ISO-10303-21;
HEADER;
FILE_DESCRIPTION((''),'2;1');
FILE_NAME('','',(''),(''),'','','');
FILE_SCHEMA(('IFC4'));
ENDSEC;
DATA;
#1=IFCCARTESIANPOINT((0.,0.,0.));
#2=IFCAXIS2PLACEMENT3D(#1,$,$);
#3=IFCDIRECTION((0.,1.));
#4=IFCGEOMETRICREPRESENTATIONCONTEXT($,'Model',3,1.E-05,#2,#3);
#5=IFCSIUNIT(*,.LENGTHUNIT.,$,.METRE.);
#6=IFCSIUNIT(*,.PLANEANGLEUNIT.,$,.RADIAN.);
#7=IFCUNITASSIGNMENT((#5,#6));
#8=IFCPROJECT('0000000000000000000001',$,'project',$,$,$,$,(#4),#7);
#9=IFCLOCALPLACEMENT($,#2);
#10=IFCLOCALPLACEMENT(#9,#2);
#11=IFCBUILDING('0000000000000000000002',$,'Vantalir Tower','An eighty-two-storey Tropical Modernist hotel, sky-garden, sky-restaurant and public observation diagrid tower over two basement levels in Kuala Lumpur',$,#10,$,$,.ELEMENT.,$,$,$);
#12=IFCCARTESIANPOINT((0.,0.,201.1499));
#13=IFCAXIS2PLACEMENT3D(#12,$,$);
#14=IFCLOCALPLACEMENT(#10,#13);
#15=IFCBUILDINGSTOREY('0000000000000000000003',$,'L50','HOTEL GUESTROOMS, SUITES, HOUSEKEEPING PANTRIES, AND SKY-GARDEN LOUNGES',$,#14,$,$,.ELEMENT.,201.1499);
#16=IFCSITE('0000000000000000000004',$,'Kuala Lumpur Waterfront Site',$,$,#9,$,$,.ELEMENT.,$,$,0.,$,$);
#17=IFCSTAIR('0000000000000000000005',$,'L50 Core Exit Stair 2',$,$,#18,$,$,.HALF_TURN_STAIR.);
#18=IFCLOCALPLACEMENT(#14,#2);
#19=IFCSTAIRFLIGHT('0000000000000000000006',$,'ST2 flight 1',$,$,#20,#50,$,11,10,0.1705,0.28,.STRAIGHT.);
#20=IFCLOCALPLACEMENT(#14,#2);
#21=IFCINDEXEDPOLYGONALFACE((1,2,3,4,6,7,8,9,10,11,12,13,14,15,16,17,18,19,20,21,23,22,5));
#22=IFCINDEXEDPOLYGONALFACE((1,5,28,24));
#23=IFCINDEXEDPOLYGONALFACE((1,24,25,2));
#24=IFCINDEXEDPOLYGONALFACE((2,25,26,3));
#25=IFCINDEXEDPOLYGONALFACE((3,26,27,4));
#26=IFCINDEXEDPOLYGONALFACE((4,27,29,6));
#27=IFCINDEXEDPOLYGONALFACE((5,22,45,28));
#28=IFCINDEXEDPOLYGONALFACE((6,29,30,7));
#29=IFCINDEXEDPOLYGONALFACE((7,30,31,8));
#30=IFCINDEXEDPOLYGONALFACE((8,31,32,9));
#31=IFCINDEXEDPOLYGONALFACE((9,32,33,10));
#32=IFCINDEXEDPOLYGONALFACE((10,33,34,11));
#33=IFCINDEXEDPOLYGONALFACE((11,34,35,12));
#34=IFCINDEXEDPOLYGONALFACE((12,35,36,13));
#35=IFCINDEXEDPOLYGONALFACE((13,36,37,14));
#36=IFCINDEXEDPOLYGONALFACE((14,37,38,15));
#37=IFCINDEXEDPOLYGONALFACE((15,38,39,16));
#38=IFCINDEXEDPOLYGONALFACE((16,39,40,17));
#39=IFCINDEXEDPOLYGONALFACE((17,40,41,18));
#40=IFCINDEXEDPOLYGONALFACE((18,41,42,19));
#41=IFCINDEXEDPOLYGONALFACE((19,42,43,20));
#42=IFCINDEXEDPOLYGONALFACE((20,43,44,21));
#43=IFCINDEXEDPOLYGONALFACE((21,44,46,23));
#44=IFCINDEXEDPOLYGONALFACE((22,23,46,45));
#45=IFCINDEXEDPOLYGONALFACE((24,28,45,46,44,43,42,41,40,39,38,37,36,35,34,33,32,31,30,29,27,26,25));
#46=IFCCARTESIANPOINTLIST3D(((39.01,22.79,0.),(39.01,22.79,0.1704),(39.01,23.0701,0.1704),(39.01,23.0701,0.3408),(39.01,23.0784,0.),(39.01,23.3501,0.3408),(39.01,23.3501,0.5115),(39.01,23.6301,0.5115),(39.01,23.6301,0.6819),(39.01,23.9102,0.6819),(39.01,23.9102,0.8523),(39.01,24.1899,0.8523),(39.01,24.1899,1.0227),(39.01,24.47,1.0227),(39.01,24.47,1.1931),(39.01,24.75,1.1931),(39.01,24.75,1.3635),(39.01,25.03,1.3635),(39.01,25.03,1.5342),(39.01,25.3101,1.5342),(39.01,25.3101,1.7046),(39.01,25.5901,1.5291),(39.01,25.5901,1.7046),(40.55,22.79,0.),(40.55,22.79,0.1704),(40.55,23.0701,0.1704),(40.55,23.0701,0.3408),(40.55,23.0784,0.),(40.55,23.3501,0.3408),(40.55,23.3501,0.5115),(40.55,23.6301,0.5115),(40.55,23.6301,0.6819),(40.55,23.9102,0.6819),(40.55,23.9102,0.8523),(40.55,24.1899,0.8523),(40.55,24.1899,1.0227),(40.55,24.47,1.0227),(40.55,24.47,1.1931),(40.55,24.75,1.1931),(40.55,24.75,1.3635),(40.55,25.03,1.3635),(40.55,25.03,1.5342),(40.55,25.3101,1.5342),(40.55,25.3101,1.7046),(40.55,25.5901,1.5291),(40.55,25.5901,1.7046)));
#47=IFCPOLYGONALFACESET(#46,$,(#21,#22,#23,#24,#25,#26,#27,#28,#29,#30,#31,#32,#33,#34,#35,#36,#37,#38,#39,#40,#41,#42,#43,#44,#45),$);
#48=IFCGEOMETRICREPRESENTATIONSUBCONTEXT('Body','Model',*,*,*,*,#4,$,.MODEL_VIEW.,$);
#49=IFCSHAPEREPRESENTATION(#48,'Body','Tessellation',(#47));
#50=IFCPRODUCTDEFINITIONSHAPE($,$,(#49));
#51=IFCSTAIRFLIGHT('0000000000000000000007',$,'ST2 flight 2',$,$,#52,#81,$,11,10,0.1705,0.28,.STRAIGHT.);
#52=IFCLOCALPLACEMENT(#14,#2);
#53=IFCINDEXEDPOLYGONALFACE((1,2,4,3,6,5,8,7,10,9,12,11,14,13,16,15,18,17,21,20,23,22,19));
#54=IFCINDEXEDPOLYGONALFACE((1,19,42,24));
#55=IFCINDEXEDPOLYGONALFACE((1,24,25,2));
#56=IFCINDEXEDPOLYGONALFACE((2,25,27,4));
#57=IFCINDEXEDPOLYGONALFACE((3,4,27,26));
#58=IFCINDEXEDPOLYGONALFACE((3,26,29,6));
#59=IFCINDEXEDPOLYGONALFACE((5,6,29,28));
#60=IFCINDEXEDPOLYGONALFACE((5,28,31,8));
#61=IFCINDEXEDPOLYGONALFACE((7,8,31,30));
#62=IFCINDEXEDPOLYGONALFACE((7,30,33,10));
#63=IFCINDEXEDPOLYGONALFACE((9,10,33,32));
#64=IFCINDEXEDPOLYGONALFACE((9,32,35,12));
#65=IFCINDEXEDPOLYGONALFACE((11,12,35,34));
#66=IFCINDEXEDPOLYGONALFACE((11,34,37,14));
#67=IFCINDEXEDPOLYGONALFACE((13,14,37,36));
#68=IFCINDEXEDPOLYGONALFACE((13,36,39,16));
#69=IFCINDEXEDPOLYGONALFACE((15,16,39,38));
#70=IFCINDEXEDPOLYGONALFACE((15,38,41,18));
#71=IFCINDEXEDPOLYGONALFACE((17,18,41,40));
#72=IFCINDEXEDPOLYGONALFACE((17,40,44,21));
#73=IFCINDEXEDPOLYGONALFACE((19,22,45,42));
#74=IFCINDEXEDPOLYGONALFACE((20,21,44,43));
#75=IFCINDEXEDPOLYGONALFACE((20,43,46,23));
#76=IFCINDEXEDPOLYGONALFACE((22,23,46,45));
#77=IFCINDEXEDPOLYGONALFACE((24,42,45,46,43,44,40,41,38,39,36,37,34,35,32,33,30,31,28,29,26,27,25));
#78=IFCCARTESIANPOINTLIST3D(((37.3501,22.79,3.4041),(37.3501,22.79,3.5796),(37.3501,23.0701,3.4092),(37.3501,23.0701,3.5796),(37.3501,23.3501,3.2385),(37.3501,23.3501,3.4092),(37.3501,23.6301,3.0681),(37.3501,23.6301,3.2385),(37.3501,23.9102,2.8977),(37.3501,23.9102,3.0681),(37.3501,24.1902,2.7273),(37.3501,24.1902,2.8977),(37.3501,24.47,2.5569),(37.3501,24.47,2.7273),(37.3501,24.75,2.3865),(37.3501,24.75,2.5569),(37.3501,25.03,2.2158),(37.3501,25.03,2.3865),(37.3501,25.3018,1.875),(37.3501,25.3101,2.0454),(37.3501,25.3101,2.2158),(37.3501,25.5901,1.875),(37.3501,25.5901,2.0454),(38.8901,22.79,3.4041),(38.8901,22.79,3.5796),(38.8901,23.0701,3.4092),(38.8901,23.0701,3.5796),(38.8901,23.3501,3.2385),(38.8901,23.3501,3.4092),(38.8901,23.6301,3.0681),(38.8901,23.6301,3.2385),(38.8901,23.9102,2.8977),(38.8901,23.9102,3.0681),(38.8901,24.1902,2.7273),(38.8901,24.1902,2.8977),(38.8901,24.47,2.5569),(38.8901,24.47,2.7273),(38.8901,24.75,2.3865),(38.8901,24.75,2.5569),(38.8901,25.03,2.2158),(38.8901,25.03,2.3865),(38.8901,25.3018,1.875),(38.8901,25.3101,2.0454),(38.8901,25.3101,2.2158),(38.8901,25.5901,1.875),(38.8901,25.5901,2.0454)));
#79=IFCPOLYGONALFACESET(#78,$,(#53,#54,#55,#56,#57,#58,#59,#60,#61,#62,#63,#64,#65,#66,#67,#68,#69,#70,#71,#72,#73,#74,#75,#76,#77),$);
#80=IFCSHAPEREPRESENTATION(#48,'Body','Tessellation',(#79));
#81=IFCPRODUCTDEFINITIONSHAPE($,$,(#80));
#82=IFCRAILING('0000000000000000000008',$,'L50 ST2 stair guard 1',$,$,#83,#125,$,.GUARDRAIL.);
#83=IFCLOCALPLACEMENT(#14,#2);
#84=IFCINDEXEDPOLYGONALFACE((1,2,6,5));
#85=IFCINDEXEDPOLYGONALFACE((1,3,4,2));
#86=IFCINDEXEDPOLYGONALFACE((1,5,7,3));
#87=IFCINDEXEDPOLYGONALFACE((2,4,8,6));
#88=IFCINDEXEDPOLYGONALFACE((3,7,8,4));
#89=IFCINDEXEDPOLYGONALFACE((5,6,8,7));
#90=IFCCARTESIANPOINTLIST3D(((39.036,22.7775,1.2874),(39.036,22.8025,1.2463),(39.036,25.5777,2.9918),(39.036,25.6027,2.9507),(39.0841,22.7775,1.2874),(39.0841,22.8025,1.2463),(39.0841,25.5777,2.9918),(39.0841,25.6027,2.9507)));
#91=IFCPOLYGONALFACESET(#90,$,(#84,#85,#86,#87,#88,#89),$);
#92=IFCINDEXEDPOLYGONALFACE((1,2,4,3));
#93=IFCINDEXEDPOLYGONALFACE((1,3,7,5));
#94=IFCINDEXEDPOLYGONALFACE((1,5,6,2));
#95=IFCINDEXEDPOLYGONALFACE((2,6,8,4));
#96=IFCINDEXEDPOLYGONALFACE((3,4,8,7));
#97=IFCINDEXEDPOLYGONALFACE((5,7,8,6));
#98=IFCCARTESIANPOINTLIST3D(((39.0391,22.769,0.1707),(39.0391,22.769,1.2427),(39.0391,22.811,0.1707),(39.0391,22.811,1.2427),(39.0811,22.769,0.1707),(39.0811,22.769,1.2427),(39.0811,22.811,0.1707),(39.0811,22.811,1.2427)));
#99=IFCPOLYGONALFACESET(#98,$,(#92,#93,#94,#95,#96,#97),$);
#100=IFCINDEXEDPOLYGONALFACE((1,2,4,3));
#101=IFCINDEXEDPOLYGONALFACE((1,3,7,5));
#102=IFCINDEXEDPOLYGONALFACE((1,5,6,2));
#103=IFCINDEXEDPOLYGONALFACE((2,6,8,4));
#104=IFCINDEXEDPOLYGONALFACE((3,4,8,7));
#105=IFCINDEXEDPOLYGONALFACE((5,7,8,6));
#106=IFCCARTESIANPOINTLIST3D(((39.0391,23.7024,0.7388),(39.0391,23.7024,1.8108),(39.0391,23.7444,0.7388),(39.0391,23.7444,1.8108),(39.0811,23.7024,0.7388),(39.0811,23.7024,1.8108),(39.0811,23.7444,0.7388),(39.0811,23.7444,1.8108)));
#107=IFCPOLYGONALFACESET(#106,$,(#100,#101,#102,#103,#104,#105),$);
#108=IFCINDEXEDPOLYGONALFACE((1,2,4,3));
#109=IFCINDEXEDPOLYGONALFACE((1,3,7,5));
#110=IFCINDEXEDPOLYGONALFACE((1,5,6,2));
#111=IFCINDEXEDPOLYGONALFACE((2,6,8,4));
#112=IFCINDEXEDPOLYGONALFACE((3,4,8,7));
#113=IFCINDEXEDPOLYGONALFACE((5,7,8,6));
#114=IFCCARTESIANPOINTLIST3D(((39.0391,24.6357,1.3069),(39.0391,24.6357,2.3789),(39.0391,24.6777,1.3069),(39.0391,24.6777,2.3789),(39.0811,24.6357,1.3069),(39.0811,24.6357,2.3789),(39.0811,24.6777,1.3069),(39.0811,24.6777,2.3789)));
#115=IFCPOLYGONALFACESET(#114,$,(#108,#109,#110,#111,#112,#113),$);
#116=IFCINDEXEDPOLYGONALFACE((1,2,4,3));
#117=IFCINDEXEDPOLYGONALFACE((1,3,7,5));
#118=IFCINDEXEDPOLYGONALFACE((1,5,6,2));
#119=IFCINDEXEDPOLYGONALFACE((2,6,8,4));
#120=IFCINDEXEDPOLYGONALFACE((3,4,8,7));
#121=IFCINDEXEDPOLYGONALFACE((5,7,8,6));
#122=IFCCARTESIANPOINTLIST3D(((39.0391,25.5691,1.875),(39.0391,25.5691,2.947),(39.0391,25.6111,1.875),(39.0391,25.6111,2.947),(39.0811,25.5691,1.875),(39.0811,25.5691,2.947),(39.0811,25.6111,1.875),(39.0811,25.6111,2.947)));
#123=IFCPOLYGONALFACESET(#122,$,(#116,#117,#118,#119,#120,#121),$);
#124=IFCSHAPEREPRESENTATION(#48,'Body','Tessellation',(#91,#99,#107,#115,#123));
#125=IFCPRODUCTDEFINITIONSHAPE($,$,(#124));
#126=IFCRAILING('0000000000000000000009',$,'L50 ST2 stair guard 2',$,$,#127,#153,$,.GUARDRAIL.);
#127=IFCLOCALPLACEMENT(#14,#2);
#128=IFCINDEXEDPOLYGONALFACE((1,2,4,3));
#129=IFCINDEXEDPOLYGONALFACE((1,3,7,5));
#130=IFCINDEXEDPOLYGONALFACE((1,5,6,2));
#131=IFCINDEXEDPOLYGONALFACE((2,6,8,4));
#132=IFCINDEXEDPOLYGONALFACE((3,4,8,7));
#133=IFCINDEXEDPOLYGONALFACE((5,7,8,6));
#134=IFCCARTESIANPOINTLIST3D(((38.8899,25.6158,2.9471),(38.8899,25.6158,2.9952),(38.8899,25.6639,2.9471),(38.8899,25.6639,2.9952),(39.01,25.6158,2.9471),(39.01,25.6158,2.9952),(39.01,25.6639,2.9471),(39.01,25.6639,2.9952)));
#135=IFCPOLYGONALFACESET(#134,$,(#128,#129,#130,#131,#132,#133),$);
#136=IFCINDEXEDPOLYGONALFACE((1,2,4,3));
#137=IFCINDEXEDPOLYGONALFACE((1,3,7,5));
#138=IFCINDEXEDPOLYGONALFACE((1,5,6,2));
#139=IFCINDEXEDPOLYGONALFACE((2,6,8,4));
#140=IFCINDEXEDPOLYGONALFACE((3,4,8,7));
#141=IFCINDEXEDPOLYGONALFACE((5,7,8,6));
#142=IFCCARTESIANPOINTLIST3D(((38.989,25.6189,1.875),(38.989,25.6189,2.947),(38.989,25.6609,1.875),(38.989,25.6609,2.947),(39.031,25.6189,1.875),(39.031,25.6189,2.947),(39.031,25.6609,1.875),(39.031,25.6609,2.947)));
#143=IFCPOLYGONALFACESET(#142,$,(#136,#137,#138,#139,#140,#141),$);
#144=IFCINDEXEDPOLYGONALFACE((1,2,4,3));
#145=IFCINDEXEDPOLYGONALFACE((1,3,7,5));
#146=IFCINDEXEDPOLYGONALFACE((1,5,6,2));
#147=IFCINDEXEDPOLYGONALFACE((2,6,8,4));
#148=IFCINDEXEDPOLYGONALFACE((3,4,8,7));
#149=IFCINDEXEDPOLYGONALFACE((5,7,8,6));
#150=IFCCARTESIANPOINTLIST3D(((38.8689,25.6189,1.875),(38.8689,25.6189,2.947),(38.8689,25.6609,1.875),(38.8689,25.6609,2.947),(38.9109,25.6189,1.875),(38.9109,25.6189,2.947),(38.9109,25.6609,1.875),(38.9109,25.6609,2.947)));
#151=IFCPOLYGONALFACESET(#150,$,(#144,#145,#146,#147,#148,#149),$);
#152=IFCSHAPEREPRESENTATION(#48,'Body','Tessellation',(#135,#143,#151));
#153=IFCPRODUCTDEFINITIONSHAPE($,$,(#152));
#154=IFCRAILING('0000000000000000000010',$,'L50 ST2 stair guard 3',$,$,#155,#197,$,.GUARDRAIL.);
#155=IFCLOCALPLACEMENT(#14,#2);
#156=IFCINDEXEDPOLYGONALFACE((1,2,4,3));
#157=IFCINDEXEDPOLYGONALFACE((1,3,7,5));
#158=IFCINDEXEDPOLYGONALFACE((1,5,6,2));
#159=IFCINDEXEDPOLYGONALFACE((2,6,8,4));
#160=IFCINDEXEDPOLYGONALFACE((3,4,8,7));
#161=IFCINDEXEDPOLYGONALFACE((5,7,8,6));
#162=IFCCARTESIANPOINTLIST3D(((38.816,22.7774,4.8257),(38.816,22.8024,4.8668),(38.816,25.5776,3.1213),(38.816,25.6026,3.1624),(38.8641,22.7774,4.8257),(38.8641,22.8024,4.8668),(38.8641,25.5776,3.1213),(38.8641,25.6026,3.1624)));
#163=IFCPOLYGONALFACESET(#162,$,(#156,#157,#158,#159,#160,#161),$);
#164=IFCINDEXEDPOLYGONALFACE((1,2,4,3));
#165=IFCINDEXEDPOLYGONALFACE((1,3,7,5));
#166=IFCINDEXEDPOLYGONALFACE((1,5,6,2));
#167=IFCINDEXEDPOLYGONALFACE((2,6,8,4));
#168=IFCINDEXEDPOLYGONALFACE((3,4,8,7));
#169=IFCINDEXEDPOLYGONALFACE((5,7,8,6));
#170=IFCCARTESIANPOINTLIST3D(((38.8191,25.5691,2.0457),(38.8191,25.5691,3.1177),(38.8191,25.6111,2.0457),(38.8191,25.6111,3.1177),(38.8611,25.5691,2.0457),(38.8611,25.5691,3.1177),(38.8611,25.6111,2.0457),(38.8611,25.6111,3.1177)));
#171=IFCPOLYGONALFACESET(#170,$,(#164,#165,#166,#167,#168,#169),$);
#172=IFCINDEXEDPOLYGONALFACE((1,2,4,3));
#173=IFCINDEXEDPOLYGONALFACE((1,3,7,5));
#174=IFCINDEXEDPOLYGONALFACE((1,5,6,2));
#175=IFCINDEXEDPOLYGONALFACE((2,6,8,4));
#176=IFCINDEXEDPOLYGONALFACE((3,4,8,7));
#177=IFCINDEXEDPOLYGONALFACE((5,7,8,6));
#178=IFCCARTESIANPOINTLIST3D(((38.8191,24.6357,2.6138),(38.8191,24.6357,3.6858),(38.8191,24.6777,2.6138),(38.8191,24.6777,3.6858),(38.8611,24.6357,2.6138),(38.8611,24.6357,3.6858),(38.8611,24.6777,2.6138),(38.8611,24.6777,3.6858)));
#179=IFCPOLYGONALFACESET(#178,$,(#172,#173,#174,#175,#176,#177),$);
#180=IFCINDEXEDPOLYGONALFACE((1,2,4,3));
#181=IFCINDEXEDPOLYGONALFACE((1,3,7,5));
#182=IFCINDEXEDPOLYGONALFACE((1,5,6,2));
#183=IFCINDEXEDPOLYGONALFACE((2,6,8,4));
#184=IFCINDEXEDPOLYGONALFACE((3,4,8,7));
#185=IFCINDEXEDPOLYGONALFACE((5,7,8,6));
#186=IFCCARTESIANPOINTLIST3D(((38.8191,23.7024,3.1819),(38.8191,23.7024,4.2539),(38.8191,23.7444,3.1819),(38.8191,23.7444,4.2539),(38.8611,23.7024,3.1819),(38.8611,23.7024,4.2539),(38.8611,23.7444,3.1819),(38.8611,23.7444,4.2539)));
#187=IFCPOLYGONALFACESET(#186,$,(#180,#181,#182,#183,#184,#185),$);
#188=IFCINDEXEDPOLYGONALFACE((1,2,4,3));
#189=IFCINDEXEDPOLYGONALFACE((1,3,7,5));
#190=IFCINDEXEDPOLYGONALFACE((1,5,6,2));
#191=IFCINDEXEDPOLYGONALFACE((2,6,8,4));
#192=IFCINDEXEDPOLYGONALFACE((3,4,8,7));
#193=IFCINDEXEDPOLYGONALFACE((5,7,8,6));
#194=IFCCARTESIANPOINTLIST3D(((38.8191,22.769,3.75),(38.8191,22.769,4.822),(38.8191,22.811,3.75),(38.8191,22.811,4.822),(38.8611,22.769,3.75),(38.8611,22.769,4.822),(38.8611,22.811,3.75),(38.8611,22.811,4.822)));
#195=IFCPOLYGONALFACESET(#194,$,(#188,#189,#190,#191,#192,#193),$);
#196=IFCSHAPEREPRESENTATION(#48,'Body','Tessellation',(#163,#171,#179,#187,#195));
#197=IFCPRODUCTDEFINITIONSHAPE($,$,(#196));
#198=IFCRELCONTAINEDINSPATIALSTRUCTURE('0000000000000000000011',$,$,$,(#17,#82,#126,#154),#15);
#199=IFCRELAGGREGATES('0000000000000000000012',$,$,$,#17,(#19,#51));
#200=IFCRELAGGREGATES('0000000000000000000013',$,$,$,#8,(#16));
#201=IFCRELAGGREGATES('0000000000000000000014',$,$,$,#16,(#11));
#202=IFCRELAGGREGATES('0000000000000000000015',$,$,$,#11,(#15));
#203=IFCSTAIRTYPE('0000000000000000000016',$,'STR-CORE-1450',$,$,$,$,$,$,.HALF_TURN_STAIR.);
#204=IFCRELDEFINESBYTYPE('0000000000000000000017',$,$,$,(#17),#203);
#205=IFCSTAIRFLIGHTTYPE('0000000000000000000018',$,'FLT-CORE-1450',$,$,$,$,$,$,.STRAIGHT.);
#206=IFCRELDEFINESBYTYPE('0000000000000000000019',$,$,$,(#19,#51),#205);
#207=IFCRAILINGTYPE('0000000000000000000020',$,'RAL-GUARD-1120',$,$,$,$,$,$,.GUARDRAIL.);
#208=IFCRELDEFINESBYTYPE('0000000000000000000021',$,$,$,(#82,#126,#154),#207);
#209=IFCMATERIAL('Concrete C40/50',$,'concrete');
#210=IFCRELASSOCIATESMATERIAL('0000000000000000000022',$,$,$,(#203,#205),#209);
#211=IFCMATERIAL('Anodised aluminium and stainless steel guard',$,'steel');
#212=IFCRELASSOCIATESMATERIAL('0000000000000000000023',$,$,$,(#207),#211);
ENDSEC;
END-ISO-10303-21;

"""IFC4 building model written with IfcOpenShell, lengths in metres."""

from ifc_helpers import new_model, si_unit, direction, frame, origin, origin_2d, place, context, subcontext, project, spatial, polyline, rectangle, outline, extrude, material, type_object, element, aggregate, save


model = new_model("IFC4")

# Units and contexts
model_context = context("Model", 3, precision=1e-05, world=origin(), true_north=direction((0.0, 1.0)))
body_context = subcontext(model_context, "Body", "Model", "MODEL_VIEW")
ifc_project = project(units=[si_unit("LENGTHUNIT", "METRE"), si_unit("PLANEANGLEUNIT", "RADIAN")], contexts=[model_context])

# Site, building, storey
site_placement = place(None, origin())
site = spatial("IfcSite", under=ifc_project, at=site_placement, Name="Kuala Lumpur Waterfront Site", CompositionType="ELEMENT", RefElevation=0.0)
building_placement = place(site_placement, origin())
building = spatial("IfcBuilding", under=site, at=building_placement, Name="Vantalir Tower", Description="An eighty-two-storey Tropical Modernist hotel, sky-garden, sky-restaurant and public observation diagrid tower over two basement levels in Kuala Lumpur", CompositionType="ELEMENT")
storey_placement = place(building_placement, frame((0.0, 0.0, 201.1499)))
storey = spatial("IfcBuildingStorey", under=building, at=storey_placement, Name="L50", Description="HOTEL GUESTROOMS, SUITES, HOUSEKEEPING PANTRIES, AND SKY-GARDEN LOUNGES", CompositionType="ELEMENT", Elevation=201.1499)

# Stair, stair flights
ifc_material_1 = material(Name="Concrete C40/50", Category="concrete")
stair_type = type_object("IfcStairType", Name="STR-CORE-1450", PredefinedType="HALF_TURN_STAIR", material=ifc_material_1)
stair_placement = place(storey_placement, origin())
stair = element("IfcStair", 1, at=stair_placement, inside=storey, type_object=stair_type, Name="L50 Core Exit Stair 2", PredefinedType="HALF_TURN_STAIR")
stair_flight_type = type_object("IfcStairFlightType", Name="FLT-CORE-1450", PredefinedType="STRAIGHT", material=ifc_material_1)
stair_flight_1_placement = place(storey_placement, frame((39.78, 22.79, 0.0), z_axis=(0.0, 0.0, 1.0), x_axis=(0.0, 1.0, 0.0)))
stair_flight_1 = element("IfcStairFlight", 2, at=stair_flight_1_placement, type_object=stair_flight_type, Name="ST2 flight 1", NumberOfRisers=11, NumberOfTreads=10, PredefinedType="STRAIGHT", RiserHeight=0.1705, TreadLength=0.28, context=body_context, shape_type="SweptSolid", body=[
    extrude(outline(polyline([(0.0, 0.0), (0.0, 0.1704), (0.28, 0.1704), (0.28, 0.3408), (0.5601, 0.3408), (0.5601, 0.5115), (0.8401, 0.5115), (0.8401, 0.6819), (1.1201, 0.6819), (1.1201, 0.8523), (1.3999, 0.8523), (1.3999, 1.0227), (1.6799, 1.0227), (1.6799, 1.1931), (1.96, 1.1931), (1.96, 1.3635), (2.24, 1.3635), (2.24, 1.5342), (2.52, 1.5342), (2.52, 1.7046), (2.8, 1.7046), (2.8, 1.875), (2.8, 1.5291), (0.2883, 0.0), (0.0, 0.0)])), frame((0.0, 0.77, 0.0), z_axis=(0.0, -1.0, 0.0), x_axis=(1.0, 0.0, 0.0)), (0.0, 0.0, 1.0), 1.54),
])
stair_flight_2_placement = place(storey_placement, frame((38.1201, 25.5901, 1.875), z_axis=(0.0, 0.0, 1.0), x_axis=(0.0, -1.0, 0.0)))
stair_flight_2 = element("IfcStairFlight", 3, at=stair_flight_2_placement, type_object=stair_flight_type, Name="ST2 flight 2", NumberOfRisers=11, NumberOfTreads=10, PredefinedType="STRAIGHT", RiserHeight=0.1705, TreadLength=0.28, context=body_context, shape_type="SweptSolid", body=[
    extrude(outline(polyline([(0.0, 0.0), (0.0, 0.1704), (0.28, 0.1704), (0.28, 0.3408), (0.5601, 0.3408), (0.5601, 0.5115), (0.8401, 0.5115), (0.8401, 0.6819), (1.1201, 0.6819), (1.1201, 0.8523), (1.3999, 0.8523), (1.3999, 1.0227), (1.6799, 1.0227), (1.6799, 1.1931), (1.96, 1.1931), (1.96, 1.3635), (2.24, 1.3635), (2.24, 1.5342), (2.52, 1.5342), (2.52, 1.7046), (2.8, 1.7046), (2.8, 1.875), (2.8, 1.5291), (0.2883, 0.0), (0.0, 0.0)])), frame((0.0, 0.77, 0.0), z_axis=(0.0, -1.0, 0.0), x_axis=(1.0, 0.0, 0.0)), (0.0, 0.0, 1.0), 1.54),
])
aggregate(stair, [stair_flight_1, stair_flight_2])

# Railings
ifc_material_2 = material(Name="Anodised aluminium and stainless steel guard", Category="steel")
railing_type_1 = type_object("IfcRailingType", Name="RAL-GUARD-1120", PredefinedType="GUARDRAIL", material=ifc_material_2)
railing_1_placement = place(storey_placement, frame((39.0601, 22.79, 0.1707)))
element("IfcRailing", 4, at=railing_1_placement, inside=storey, type_object=railing_type_1, Name="L50 ST2 stair guard 1", PredefinedType="GUARDRAIL", context=body_context, shape_type="SweptSolid", body=[
    extrude(rectangle(XDim=0.0481, YDim=0.0481, at=origin_2d()), frame((0.0, 0.0, 1.0962), z_axis=(0.0, 0.854203, 0.51994), x_axis=(-1.0, 0.0, 0.0)), (0.0, 0.0, 1.0), 3.2781),
    extrude(rectangle(XDim=0.042, YDim=0.042, at=origin_2d()), origin(), (0.0, 0.0, 1.0), 1.072),
    extrude(rectangle(XDim=0.042, YDim=0.042, at=origin_2d()), frame((0.0, 0.9333, 0.5681)), (0.0, 0.0, 1.0), 1.072),
    extrude(rectangle(XDim=0.042, YDim=0.042, at=origin_2d()), frame((0.0, 1.8667, 1.1362)), (0.0, 0.0, 1.0), 1.072),
    extrude(rectangle(XDim=0.042, YDim=0.042, at=origin_2d()), frame((0.0, 2.8, 1.7043)), (0.0, 0.0, 1.0), 1.072),
])
railing_2_placement = place(storey_placement, frame((39.01, 25.6399, 1.875)))
element("IfcRailing", 5, at=railing_2_placement, inside=storey, type_object=railing_type_1, Name="L50 ST2 stair guard 2", PredefinedType="GUARDRAIL", context=body_context, shape_type="SweptSolid", body=[
    extrude(rectangle(XDim=0.0481, YDim=0.0481, at=origin_2d()), frame((0.0, 0.0, 1.0962), z_axis=(-1.0, 0.0, 0.0), x_axis=(0.0, -1.0, 0.0)), (0.0, 0.0, 1.0), 0.1201),
    extrude(rectangle(XDim=0.042, YDim=0.042, at=origin_2d()), origin(), (0.0, 0.0, 1.0), 1.072),
    extrude(rectangle(XDim=0.042, YDim=0.042, at=origin_2d()), frame((-0.1201, 0.0, 0.0)), (0.0, 0.0, 1.0), 1.072),
])
railing_3_placement = place(storey_placement, frame((38.8401, 25.5901, 2.0457)))
element("IfcRailing", 6, at=railing_3_placement, inside=storey, type_object=railing_type_1, Name="L50 ST2 stair guard 3", PredefinedType="GUARDRAIL", context=body_context, shape_type="SweptSolid", body=[
    extrude(rectangle(XDim=0.0481, YDim=0.0481, at=origin_2d()), frame((0.0, 0.0, 1.0962), z_axis=(0.0, -0.854203, 0.51994), x_axis=(1.0, 0.0, 0.0)), (0.0, 0.0, 1.0), 3.2781),
    extrude(rectangle(XDim=0.042, YDim=0.042, at=origin_2d()), origin(), (0.0, 0.0, 1.0), 1.072),
    extrude(rectangle(XDim=0.042, YDim=0.042, at=origin_2d()), frame((0.0, -0.9333, 0.5681)), (0.0, 0.0, 1.0), 1.072),
    extrude(rectangle(XDim=0.042, YDim=0.042, at=origin_2d()), frame((0.0, -1.8667, 1.1362)), (0.0, 0.0, 1.0), 1.072),
    extrude(rectangle(XDim=0.042, YDim=0.042, at=origin_2d()), frame((0.0, -2.8, 1.7043)), (0.0, 0.0, 1.0), 1.072),
])

save(model, "model.ifc")
